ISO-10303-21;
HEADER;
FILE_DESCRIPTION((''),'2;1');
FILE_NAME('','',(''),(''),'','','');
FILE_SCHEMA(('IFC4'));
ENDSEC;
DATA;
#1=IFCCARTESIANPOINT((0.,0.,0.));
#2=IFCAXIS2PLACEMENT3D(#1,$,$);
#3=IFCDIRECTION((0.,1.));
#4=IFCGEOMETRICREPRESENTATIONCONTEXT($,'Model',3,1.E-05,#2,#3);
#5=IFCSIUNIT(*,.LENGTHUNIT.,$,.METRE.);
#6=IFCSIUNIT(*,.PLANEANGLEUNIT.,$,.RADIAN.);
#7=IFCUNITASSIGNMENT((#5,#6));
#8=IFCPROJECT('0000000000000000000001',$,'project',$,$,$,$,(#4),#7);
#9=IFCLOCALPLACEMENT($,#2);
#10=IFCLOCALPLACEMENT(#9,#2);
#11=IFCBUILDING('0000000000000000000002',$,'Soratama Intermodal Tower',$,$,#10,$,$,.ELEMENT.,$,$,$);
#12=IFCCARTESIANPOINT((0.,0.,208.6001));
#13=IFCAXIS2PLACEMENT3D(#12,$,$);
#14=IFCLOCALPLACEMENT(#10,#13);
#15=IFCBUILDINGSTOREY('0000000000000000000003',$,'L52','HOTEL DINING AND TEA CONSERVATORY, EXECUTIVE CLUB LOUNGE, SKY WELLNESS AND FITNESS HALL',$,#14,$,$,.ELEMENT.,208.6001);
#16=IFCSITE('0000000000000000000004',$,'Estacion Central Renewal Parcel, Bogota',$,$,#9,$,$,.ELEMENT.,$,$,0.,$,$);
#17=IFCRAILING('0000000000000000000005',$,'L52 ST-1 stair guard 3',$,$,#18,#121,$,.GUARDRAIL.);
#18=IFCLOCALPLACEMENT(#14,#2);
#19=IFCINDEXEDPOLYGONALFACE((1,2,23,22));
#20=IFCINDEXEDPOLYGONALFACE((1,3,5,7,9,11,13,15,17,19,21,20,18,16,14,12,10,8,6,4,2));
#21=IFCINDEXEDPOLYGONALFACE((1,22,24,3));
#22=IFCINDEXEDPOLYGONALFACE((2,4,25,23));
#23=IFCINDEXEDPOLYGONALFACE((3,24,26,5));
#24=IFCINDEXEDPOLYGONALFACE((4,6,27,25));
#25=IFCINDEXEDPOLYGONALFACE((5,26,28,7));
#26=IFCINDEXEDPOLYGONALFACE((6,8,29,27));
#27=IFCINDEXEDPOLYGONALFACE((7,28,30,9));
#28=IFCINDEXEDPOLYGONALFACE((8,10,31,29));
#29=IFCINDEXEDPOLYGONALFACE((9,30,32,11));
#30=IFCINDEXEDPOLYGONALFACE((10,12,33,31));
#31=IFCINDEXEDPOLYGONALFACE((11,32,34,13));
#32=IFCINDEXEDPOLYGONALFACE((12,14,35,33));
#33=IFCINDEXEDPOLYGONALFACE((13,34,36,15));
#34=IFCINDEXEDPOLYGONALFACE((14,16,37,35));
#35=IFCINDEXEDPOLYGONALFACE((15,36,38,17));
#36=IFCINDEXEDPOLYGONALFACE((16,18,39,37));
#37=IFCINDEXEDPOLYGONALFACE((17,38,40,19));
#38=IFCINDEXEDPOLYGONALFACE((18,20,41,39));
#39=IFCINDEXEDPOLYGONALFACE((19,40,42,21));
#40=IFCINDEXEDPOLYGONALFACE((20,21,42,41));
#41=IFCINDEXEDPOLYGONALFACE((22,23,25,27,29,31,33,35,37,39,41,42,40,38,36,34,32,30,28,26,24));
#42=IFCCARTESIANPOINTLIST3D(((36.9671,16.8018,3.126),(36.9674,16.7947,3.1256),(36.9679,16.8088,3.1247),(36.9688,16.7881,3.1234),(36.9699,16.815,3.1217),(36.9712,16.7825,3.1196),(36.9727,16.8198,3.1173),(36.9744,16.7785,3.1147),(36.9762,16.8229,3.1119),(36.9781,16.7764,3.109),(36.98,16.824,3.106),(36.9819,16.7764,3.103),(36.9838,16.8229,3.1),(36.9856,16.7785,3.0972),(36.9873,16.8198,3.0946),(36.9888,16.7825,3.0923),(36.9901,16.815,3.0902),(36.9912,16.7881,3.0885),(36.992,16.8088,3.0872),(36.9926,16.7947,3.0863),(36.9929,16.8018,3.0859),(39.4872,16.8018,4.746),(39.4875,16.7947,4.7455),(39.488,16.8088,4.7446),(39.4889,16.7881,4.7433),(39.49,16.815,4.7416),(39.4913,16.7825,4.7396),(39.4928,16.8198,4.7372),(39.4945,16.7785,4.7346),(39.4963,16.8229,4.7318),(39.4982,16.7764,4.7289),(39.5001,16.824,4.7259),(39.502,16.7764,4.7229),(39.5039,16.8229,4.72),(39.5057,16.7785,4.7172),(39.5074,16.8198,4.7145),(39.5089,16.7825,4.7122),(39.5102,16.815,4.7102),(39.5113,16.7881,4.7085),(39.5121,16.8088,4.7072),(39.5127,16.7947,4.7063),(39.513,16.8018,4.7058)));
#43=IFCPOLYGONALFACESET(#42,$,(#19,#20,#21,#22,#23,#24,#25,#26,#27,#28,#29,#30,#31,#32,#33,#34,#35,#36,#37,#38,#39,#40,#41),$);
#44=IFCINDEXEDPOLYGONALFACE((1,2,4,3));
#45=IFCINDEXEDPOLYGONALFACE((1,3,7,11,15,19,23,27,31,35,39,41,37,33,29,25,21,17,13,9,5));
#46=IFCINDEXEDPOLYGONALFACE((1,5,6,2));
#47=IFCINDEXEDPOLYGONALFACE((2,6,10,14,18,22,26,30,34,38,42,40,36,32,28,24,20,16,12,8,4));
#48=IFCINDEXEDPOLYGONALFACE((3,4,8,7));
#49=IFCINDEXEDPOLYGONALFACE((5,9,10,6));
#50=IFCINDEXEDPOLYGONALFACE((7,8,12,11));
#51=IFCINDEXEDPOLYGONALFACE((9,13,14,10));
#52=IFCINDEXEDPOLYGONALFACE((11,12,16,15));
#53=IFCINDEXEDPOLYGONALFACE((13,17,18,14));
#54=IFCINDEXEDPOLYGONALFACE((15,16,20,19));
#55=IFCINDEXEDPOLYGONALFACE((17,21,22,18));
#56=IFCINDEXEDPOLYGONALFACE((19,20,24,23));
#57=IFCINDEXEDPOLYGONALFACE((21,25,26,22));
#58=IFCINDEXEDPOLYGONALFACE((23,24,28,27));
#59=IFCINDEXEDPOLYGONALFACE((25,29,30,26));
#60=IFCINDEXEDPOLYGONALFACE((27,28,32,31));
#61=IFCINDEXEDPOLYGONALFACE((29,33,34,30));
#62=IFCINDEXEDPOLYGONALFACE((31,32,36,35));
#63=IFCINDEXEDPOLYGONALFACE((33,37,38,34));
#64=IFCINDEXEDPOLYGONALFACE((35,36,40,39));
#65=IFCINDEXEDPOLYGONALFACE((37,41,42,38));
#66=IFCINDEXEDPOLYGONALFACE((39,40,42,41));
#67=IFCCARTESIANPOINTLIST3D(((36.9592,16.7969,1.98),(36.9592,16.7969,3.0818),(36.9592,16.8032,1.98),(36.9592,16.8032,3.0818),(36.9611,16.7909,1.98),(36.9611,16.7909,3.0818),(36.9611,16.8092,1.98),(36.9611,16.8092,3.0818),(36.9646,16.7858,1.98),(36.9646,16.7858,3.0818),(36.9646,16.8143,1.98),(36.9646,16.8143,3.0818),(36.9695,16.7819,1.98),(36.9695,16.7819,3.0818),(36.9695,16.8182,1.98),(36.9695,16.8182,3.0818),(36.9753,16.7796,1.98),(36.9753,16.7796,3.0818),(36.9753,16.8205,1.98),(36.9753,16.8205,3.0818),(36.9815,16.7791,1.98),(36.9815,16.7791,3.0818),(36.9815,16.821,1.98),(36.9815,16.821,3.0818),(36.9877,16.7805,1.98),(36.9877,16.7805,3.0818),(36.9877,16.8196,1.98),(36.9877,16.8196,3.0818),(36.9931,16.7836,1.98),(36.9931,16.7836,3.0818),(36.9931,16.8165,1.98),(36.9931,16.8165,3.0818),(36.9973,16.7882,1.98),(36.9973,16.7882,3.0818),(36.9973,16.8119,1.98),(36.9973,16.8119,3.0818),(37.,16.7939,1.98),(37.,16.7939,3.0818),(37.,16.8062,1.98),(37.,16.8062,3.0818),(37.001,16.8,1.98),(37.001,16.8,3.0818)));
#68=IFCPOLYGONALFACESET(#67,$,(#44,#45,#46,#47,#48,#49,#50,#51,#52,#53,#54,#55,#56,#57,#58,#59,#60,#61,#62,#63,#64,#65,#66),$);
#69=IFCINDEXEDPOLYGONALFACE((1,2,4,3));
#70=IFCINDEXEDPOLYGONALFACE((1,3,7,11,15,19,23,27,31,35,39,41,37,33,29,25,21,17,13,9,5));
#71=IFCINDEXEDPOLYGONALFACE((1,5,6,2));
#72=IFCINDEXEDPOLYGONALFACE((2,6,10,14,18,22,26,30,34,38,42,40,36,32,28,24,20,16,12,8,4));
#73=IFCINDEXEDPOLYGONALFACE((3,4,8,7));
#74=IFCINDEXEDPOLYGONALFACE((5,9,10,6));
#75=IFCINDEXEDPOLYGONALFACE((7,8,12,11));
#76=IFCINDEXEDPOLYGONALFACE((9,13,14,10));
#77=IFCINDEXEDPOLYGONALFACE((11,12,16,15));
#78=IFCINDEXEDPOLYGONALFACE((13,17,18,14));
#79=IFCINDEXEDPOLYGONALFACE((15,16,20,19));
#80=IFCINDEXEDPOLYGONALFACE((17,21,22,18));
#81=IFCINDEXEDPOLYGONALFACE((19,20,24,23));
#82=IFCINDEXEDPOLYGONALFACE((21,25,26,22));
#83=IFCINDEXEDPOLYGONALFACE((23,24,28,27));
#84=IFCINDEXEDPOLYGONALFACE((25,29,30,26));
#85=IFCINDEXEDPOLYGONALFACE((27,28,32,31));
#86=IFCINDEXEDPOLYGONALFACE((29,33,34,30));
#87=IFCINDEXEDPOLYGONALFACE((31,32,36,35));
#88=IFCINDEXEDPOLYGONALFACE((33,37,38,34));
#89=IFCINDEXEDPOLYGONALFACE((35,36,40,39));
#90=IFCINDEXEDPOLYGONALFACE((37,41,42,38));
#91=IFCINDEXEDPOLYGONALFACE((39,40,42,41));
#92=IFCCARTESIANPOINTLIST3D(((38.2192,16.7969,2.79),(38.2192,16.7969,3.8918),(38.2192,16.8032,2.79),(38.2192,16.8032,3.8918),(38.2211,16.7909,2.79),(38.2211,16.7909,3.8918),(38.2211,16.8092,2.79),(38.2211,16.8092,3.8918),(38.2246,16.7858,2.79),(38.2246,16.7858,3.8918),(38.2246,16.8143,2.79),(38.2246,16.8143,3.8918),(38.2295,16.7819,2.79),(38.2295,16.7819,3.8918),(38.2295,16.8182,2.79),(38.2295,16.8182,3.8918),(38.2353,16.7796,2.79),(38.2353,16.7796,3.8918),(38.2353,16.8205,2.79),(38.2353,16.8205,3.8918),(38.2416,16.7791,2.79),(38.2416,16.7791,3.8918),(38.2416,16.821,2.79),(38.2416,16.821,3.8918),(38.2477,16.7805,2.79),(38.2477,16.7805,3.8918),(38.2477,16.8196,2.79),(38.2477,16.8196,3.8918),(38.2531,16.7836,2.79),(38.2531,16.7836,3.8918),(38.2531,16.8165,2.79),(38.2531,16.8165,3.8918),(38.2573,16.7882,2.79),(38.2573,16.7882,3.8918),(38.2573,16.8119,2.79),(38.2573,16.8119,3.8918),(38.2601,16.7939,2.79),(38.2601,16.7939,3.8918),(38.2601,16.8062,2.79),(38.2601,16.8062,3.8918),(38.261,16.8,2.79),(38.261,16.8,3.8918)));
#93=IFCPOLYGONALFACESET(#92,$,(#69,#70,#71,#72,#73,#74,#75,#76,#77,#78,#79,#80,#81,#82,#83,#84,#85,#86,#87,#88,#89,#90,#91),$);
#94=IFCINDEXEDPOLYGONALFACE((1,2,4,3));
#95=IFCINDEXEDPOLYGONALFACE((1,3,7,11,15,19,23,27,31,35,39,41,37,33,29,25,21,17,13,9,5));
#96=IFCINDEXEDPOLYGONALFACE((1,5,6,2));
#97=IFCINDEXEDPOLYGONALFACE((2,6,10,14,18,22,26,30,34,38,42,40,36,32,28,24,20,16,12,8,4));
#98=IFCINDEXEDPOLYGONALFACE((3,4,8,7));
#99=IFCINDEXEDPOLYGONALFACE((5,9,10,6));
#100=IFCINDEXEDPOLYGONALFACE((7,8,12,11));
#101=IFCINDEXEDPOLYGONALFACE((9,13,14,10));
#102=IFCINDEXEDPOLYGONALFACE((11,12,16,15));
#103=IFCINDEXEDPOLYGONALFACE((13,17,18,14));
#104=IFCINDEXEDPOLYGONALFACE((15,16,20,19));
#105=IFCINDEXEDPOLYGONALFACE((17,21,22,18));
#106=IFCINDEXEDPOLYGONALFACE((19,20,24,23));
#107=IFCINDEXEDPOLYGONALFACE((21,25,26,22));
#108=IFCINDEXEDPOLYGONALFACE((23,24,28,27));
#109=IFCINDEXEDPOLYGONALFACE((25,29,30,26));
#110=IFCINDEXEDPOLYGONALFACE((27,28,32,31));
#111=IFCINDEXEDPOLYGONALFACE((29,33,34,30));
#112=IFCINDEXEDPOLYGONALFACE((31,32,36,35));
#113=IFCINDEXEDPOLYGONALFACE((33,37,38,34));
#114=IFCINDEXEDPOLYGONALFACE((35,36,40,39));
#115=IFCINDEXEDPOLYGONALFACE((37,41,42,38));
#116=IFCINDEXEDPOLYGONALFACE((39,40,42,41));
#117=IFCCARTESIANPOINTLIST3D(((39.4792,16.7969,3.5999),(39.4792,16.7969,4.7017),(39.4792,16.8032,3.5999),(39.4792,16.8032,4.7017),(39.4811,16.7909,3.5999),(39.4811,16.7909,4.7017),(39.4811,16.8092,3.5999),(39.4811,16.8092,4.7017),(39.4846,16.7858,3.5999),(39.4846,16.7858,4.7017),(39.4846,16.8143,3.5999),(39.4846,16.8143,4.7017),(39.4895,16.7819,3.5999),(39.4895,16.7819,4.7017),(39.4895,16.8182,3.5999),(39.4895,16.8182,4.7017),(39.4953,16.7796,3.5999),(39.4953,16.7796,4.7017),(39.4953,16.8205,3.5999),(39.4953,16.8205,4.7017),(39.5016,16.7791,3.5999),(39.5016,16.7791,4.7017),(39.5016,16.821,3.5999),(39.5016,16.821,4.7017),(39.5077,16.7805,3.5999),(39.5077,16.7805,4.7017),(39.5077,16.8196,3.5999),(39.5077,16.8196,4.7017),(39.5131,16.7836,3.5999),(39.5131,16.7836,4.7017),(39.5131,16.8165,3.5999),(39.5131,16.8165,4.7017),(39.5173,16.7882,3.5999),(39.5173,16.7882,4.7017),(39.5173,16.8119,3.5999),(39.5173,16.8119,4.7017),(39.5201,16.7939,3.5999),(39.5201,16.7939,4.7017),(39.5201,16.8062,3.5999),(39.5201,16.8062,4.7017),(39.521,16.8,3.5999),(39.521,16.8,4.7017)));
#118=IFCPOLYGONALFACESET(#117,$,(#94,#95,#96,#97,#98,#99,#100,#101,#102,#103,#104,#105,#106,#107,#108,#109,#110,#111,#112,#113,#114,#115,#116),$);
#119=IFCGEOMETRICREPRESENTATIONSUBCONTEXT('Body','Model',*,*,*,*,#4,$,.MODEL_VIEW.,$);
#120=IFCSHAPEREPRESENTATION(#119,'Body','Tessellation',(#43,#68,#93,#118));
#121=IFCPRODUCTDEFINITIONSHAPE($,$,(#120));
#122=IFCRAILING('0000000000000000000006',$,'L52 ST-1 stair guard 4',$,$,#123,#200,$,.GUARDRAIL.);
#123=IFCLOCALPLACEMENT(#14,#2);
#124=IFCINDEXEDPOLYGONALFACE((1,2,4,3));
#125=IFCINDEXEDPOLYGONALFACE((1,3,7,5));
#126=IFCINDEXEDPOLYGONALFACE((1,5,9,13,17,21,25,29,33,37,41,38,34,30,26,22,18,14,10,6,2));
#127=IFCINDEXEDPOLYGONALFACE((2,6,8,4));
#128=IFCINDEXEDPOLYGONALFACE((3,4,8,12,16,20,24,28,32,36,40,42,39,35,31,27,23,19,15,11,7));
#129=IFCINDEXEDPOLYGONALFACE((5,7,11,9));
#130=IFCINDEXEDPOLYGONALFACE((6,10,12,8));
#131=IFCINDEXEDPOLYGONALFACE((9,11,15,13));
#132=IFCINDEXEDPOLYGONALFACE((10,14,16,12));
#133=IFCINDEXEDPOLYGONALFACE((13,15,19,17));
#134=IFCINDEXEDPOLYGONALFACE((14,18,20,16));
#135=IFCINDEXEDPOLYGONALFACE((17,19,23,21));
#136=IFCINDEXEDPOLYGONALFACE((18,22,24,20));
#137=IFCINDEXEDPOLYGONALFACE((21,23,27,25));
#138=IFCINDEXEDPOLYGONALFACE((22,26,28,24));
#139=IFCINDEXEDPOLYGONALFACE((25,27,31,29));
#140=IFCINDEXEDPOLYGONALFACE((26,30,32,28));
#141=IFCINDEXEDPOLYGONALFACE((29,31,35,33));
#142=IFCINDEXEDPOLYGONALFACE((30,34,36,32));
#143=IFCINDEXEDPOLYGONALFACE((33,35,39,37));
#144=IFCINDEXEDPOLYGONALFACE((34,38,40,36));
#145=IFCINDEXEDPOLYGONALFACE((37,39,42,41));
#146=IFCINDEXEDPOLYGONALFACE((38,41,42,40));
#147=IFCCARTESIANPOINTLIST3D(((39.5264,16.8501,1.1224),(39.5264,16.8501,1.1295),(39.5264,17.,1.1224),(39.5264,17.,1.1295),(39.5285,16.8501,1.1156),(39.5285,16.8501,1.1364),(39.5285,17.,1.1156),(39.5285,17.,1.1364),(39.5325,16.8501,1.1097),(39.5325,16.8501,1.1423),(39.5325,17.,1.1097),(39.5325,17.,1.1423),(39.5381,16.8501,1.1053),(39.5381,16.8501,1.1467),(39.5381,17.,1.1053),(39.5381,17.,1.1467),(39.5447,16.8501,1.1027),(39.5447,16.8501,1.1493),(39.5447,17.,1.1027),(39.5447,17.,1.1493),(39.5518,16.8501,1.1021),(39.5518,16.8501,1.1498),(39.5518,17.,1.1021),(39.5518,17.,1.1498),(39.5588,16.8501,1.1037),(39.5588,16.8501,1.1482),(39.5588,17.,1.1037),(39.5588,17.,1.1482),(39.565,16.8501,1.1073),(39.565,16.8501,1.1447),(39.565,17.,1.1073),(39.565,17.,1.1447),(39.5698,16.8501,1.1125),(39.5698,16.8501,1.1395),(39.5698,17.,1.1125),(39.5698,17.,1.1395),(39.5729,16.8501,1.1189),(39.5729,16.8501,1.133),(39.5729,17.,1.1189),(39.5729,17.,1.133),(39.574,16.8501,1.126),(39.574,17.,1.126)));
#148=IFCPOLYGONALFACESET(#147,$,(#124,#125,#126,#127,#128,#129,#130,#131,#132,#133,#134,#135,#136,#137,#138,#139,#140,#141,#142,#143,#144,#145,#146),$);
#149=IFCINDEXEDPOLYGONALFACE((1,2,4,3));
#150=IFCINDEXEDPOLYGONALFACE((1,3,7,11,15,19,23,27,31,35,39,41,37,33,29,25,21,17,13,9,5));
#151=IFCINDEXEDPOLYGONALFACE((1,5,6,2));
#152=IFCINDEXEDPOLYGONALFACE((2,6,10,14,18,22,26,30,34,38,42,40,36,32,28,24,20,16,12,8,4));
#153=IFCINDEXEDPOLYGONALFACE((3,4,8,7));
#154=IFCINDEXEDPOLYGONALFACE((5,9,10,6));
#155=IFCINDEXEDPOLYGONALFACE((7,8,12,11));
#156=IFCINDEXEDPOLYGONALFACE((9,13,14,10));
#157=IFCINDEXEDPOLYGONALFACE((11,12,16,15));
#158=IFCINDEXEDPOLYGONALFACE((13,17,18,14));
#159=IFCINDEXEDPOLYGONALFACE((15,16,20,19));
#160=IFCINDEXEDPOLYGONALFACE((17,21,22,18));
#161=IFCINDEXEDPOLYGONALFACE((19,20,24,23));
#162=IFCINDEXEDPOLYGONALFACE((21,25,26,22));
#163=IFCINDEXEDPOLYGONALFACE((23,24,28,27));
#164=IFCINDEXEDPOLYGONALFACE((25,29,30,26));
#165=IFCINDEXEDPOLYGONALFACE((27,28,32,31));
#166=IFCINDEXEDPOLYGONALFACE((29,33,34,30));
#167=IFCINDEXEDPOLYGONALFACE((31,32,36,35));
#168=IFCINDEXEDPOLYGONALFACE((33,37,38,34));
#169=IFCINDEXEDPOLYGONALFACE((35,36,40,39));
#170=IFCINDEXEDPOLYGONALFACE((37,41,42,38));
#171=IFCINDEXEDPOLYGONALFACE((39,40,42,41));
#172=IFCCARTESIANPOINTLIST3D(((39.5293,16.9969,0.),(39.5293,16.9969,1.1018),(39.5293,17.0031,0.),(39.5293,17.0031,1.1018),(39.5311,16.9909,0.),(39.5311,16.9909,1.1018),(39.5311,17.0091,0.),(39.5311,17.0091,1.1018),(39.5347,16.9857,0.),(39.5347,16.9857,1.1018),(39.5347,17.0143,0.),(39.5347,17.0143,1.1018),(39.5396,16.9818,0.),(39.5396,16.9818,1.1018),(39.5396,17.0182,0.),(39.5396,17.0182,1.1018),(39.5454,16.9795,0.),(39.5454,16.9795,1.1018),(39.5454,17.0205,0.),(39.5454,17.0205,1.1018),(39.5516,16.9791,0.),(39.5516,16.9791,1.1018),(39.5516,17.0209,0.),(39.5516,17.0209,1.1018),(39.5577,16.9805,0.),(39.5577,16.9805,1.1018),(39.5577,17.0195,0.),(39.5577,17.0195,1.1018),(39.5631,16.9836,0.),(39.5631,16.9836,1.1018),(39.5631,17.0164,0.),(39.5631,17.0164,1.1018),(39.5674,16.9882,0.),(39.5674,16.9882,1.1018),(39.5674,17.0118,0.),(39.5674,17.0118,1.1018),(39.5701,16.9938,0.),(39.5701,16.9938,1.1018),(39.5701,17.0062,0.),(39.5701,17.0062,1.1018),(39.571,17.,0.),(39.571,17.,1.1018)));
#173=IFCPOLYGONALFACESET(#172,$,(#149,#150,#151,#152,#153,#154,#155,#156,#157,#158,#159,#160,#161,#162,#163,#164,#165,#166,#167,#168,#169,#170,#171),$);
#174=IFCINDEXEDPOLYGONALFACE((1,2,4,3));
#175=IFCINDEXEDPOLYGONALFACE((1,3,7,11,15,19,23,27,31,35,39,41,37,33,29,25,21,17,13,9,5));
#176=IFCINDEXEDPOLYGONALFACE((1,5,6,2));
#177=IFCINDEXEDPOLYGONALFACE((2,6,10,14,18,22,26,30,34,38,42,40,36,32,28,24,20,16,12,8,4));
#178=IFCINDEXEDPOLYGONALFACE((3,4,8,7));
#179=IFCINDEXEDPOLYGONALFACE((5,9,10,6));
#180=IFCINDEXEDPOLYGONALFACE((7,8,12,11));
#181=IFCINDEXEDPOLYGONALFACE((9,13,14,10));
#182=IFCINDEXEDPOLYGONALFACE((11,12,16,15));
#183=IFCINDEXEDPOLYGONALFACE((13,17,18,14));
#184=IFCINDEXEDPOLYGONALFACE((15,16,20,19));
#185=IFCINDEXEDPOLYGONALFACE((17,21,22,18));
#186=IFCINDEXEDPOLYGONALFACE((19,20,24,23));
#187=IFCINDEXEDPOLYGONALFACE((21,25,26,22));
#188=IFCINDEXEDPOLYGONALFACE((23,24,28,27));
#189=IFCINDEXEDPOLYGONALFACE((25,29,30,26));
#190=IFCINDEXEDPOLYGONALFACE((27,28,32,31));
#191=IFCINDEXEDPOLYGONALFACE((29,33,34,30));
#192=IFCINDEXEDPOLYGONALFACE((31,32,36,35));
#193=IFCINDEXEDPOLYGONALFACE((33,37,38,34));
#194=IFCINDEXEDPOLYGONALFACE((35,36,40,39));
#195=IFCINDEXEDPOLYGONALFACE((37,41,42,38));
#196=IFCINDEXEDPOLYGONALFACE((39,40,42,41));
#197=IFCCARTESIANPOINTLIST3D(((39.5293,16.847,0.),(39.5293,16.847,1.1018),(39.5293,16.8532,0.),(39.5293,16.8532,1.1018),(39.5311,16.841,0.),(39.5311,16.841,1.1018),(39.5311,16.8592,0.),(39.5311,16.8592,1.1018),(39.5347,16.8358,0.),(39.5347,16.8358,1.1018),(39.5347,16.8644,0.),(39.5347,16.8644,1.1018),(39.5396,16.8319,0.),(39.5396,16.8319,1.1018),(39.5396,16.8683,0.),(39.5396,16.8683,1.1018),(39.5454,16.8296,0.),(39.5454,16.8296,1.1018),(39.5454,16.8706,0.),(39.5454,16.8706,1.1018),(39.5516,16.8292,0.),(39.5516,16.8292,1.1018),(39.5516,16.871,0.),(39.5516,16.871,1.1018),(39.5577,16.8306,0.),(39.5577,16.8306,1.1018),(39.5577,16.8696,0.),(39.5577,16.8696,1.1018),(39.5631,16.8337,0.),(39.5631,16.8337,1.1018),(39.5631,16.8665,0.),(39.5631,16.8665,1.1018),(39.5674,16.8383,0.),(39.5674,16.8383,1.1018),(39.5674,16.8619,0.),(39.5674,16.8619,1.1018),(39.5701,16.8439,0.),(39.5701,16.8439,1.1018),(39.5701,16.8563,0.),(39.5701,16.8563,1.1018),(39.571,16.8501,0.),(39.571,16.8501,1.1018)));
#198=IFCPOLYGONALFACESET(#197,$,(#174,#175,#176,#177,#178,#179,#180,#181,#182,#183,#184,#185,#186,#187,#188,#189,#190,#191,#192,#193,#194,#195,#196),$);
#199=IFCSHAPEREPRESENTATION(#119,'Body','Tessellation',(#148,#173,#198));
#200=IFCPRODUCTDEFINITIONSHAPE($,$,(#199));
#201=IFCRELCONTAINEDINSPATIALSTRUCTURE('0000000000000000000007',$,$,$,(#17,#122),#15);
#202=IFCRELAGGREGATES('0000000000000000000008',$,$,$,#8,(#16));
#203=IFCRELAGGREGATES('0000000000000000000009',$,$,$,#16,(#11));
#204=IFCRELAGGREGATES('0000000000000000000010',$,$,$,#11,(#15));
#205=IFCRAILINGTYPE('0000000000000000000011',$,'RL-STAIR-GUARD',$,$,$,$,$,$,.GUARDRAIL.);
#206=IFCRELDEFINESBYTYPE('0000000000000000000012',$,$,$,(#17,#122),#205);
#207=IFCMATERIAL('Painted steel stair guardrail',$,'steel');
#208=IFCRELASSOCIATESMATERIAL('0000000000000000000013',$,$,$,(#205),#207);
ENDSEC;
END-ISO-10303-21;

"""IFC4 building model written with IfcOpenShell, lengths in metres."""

from ifc_helpers import new_model, si_unit, direction, frame, origin, origin_2d, place, context, subcontext, project, spatial, circle, extrude, material, type_object, element, save


model = new_model("IFC4")

# Units and contexts
model_context = context("Model", 3, precision=1e-05, world=origin(), true_north=direction((0.0, 1.0)))
body_context = subcontext(model_context, "Body", "Model", "MODEL_VIEW")
ifc_project = project(units=[si_unit("LENGTHUNIT", "METRE"), si_unit("PLANEANGLEUNIT", "RADIAN")], contexts=[model_context])

# Site, building, storey
site_placement = place(None, origin())
site = spatial("IfcSite", under=ifc_project, at=site_placement, Name="Estacion Central Renewal Parcel, Bogota", CompositionType="ELEMENT", RefElevation=0.0)
building_placement = place(site_placement, origin())
building = spatial("IfcBuilding", under=site, at=building_placement, Name="Soratama Intermodal Tower", CompositionType="ELEMENT")
storey_placement = place(building_placement, frame((0.0, 0.0, 208.6001)))
storey = spatial("IfcBuildingStorey", under=building, at=storey_placement, Name="L52", Description="HOTEL DINING AND TEA CONSERVATORY, EXECUTIVE CLUB LOUNGE, SKY WELLNESS AND FITNESS HALL", CompositionType="ELEMENT", Elevation=208.6001)

# Railings
ifc_material_1 = material(Name="Painted steel stair guardrail", Category="steel")
railing_type_1 = type_object("IfcRailingType", Name="RL-STAIR-GUARD", PredefinedType="GUARDRAIL", material=ifc_material_1)
railing_1_placement = place(storey_placement, frame((36.98, 16.8, 1.98)))
element("IfcRailing", 1, at=railing_1_placement, inside=storey, type_object=railing_type_1, Name="L52 ST-1 stair guard 3", PredefinedType="GUARDRAIL", context=body_context, shape_type="SweptSolid", body=[
    extrude(circle(Radius=0.0239, at=origin_2d()), frame((0.0, 0.0, 1.126), z_axis=(0.8412, 0.0, 0.540725), x_axis=(0.0, 1.0, 0.0)), (0.0, 0.0, 1.0), 2.9958),
    extrude(circle(Radius=0.021, at=origin_2d()), origin(), (0.0, 0.0, 1.0), 1.1018),
    extrude(circle(Radius=0.021, at=origin_2d()), frame((1.26, 0.0, 0.8101)), (0.0, 0.0, 1.0), 1.1018),
    extrude(circle(Radius=0.021, at=origin_2d()), frame((2.52, 0.0, 1.6199)), (0.0, 0.0, 1.0), 1.1018),
])
railing_2_placement = place(storey_placement, frame((39.55, 17.0, 0.0)))
element("IfcRailing", 2, at=railing_2_placement, inside=storey, type_object=railing_type_1, Name="L52 ST-1 stair guard 4", PredefinedType="GUARDRAIL", context=body_context, shape_type="SweptSolid", body=[
    extrude(circle(Radius=0.0239, at=origin_2d()), frame((0.0, 0.0, 1.126), z_axis=(0.0, -1.0, 0.0), x_axis=(1.0, 0.0, 0.0)), (0.0, 0.0, 1.0), 0.1499),
    extrude(circle(Radius=0.021, at=origin_2d()), origin(), (0.0, 0.0, 1.0), 1.1018),
    extrude(circle(Radius=0.021, at=origin_2d()), frame((0.0, -0.1499, 0.0)), (0.0, 0.0, 1.0), 1.1018),
])

save(model, "model.ifc")
